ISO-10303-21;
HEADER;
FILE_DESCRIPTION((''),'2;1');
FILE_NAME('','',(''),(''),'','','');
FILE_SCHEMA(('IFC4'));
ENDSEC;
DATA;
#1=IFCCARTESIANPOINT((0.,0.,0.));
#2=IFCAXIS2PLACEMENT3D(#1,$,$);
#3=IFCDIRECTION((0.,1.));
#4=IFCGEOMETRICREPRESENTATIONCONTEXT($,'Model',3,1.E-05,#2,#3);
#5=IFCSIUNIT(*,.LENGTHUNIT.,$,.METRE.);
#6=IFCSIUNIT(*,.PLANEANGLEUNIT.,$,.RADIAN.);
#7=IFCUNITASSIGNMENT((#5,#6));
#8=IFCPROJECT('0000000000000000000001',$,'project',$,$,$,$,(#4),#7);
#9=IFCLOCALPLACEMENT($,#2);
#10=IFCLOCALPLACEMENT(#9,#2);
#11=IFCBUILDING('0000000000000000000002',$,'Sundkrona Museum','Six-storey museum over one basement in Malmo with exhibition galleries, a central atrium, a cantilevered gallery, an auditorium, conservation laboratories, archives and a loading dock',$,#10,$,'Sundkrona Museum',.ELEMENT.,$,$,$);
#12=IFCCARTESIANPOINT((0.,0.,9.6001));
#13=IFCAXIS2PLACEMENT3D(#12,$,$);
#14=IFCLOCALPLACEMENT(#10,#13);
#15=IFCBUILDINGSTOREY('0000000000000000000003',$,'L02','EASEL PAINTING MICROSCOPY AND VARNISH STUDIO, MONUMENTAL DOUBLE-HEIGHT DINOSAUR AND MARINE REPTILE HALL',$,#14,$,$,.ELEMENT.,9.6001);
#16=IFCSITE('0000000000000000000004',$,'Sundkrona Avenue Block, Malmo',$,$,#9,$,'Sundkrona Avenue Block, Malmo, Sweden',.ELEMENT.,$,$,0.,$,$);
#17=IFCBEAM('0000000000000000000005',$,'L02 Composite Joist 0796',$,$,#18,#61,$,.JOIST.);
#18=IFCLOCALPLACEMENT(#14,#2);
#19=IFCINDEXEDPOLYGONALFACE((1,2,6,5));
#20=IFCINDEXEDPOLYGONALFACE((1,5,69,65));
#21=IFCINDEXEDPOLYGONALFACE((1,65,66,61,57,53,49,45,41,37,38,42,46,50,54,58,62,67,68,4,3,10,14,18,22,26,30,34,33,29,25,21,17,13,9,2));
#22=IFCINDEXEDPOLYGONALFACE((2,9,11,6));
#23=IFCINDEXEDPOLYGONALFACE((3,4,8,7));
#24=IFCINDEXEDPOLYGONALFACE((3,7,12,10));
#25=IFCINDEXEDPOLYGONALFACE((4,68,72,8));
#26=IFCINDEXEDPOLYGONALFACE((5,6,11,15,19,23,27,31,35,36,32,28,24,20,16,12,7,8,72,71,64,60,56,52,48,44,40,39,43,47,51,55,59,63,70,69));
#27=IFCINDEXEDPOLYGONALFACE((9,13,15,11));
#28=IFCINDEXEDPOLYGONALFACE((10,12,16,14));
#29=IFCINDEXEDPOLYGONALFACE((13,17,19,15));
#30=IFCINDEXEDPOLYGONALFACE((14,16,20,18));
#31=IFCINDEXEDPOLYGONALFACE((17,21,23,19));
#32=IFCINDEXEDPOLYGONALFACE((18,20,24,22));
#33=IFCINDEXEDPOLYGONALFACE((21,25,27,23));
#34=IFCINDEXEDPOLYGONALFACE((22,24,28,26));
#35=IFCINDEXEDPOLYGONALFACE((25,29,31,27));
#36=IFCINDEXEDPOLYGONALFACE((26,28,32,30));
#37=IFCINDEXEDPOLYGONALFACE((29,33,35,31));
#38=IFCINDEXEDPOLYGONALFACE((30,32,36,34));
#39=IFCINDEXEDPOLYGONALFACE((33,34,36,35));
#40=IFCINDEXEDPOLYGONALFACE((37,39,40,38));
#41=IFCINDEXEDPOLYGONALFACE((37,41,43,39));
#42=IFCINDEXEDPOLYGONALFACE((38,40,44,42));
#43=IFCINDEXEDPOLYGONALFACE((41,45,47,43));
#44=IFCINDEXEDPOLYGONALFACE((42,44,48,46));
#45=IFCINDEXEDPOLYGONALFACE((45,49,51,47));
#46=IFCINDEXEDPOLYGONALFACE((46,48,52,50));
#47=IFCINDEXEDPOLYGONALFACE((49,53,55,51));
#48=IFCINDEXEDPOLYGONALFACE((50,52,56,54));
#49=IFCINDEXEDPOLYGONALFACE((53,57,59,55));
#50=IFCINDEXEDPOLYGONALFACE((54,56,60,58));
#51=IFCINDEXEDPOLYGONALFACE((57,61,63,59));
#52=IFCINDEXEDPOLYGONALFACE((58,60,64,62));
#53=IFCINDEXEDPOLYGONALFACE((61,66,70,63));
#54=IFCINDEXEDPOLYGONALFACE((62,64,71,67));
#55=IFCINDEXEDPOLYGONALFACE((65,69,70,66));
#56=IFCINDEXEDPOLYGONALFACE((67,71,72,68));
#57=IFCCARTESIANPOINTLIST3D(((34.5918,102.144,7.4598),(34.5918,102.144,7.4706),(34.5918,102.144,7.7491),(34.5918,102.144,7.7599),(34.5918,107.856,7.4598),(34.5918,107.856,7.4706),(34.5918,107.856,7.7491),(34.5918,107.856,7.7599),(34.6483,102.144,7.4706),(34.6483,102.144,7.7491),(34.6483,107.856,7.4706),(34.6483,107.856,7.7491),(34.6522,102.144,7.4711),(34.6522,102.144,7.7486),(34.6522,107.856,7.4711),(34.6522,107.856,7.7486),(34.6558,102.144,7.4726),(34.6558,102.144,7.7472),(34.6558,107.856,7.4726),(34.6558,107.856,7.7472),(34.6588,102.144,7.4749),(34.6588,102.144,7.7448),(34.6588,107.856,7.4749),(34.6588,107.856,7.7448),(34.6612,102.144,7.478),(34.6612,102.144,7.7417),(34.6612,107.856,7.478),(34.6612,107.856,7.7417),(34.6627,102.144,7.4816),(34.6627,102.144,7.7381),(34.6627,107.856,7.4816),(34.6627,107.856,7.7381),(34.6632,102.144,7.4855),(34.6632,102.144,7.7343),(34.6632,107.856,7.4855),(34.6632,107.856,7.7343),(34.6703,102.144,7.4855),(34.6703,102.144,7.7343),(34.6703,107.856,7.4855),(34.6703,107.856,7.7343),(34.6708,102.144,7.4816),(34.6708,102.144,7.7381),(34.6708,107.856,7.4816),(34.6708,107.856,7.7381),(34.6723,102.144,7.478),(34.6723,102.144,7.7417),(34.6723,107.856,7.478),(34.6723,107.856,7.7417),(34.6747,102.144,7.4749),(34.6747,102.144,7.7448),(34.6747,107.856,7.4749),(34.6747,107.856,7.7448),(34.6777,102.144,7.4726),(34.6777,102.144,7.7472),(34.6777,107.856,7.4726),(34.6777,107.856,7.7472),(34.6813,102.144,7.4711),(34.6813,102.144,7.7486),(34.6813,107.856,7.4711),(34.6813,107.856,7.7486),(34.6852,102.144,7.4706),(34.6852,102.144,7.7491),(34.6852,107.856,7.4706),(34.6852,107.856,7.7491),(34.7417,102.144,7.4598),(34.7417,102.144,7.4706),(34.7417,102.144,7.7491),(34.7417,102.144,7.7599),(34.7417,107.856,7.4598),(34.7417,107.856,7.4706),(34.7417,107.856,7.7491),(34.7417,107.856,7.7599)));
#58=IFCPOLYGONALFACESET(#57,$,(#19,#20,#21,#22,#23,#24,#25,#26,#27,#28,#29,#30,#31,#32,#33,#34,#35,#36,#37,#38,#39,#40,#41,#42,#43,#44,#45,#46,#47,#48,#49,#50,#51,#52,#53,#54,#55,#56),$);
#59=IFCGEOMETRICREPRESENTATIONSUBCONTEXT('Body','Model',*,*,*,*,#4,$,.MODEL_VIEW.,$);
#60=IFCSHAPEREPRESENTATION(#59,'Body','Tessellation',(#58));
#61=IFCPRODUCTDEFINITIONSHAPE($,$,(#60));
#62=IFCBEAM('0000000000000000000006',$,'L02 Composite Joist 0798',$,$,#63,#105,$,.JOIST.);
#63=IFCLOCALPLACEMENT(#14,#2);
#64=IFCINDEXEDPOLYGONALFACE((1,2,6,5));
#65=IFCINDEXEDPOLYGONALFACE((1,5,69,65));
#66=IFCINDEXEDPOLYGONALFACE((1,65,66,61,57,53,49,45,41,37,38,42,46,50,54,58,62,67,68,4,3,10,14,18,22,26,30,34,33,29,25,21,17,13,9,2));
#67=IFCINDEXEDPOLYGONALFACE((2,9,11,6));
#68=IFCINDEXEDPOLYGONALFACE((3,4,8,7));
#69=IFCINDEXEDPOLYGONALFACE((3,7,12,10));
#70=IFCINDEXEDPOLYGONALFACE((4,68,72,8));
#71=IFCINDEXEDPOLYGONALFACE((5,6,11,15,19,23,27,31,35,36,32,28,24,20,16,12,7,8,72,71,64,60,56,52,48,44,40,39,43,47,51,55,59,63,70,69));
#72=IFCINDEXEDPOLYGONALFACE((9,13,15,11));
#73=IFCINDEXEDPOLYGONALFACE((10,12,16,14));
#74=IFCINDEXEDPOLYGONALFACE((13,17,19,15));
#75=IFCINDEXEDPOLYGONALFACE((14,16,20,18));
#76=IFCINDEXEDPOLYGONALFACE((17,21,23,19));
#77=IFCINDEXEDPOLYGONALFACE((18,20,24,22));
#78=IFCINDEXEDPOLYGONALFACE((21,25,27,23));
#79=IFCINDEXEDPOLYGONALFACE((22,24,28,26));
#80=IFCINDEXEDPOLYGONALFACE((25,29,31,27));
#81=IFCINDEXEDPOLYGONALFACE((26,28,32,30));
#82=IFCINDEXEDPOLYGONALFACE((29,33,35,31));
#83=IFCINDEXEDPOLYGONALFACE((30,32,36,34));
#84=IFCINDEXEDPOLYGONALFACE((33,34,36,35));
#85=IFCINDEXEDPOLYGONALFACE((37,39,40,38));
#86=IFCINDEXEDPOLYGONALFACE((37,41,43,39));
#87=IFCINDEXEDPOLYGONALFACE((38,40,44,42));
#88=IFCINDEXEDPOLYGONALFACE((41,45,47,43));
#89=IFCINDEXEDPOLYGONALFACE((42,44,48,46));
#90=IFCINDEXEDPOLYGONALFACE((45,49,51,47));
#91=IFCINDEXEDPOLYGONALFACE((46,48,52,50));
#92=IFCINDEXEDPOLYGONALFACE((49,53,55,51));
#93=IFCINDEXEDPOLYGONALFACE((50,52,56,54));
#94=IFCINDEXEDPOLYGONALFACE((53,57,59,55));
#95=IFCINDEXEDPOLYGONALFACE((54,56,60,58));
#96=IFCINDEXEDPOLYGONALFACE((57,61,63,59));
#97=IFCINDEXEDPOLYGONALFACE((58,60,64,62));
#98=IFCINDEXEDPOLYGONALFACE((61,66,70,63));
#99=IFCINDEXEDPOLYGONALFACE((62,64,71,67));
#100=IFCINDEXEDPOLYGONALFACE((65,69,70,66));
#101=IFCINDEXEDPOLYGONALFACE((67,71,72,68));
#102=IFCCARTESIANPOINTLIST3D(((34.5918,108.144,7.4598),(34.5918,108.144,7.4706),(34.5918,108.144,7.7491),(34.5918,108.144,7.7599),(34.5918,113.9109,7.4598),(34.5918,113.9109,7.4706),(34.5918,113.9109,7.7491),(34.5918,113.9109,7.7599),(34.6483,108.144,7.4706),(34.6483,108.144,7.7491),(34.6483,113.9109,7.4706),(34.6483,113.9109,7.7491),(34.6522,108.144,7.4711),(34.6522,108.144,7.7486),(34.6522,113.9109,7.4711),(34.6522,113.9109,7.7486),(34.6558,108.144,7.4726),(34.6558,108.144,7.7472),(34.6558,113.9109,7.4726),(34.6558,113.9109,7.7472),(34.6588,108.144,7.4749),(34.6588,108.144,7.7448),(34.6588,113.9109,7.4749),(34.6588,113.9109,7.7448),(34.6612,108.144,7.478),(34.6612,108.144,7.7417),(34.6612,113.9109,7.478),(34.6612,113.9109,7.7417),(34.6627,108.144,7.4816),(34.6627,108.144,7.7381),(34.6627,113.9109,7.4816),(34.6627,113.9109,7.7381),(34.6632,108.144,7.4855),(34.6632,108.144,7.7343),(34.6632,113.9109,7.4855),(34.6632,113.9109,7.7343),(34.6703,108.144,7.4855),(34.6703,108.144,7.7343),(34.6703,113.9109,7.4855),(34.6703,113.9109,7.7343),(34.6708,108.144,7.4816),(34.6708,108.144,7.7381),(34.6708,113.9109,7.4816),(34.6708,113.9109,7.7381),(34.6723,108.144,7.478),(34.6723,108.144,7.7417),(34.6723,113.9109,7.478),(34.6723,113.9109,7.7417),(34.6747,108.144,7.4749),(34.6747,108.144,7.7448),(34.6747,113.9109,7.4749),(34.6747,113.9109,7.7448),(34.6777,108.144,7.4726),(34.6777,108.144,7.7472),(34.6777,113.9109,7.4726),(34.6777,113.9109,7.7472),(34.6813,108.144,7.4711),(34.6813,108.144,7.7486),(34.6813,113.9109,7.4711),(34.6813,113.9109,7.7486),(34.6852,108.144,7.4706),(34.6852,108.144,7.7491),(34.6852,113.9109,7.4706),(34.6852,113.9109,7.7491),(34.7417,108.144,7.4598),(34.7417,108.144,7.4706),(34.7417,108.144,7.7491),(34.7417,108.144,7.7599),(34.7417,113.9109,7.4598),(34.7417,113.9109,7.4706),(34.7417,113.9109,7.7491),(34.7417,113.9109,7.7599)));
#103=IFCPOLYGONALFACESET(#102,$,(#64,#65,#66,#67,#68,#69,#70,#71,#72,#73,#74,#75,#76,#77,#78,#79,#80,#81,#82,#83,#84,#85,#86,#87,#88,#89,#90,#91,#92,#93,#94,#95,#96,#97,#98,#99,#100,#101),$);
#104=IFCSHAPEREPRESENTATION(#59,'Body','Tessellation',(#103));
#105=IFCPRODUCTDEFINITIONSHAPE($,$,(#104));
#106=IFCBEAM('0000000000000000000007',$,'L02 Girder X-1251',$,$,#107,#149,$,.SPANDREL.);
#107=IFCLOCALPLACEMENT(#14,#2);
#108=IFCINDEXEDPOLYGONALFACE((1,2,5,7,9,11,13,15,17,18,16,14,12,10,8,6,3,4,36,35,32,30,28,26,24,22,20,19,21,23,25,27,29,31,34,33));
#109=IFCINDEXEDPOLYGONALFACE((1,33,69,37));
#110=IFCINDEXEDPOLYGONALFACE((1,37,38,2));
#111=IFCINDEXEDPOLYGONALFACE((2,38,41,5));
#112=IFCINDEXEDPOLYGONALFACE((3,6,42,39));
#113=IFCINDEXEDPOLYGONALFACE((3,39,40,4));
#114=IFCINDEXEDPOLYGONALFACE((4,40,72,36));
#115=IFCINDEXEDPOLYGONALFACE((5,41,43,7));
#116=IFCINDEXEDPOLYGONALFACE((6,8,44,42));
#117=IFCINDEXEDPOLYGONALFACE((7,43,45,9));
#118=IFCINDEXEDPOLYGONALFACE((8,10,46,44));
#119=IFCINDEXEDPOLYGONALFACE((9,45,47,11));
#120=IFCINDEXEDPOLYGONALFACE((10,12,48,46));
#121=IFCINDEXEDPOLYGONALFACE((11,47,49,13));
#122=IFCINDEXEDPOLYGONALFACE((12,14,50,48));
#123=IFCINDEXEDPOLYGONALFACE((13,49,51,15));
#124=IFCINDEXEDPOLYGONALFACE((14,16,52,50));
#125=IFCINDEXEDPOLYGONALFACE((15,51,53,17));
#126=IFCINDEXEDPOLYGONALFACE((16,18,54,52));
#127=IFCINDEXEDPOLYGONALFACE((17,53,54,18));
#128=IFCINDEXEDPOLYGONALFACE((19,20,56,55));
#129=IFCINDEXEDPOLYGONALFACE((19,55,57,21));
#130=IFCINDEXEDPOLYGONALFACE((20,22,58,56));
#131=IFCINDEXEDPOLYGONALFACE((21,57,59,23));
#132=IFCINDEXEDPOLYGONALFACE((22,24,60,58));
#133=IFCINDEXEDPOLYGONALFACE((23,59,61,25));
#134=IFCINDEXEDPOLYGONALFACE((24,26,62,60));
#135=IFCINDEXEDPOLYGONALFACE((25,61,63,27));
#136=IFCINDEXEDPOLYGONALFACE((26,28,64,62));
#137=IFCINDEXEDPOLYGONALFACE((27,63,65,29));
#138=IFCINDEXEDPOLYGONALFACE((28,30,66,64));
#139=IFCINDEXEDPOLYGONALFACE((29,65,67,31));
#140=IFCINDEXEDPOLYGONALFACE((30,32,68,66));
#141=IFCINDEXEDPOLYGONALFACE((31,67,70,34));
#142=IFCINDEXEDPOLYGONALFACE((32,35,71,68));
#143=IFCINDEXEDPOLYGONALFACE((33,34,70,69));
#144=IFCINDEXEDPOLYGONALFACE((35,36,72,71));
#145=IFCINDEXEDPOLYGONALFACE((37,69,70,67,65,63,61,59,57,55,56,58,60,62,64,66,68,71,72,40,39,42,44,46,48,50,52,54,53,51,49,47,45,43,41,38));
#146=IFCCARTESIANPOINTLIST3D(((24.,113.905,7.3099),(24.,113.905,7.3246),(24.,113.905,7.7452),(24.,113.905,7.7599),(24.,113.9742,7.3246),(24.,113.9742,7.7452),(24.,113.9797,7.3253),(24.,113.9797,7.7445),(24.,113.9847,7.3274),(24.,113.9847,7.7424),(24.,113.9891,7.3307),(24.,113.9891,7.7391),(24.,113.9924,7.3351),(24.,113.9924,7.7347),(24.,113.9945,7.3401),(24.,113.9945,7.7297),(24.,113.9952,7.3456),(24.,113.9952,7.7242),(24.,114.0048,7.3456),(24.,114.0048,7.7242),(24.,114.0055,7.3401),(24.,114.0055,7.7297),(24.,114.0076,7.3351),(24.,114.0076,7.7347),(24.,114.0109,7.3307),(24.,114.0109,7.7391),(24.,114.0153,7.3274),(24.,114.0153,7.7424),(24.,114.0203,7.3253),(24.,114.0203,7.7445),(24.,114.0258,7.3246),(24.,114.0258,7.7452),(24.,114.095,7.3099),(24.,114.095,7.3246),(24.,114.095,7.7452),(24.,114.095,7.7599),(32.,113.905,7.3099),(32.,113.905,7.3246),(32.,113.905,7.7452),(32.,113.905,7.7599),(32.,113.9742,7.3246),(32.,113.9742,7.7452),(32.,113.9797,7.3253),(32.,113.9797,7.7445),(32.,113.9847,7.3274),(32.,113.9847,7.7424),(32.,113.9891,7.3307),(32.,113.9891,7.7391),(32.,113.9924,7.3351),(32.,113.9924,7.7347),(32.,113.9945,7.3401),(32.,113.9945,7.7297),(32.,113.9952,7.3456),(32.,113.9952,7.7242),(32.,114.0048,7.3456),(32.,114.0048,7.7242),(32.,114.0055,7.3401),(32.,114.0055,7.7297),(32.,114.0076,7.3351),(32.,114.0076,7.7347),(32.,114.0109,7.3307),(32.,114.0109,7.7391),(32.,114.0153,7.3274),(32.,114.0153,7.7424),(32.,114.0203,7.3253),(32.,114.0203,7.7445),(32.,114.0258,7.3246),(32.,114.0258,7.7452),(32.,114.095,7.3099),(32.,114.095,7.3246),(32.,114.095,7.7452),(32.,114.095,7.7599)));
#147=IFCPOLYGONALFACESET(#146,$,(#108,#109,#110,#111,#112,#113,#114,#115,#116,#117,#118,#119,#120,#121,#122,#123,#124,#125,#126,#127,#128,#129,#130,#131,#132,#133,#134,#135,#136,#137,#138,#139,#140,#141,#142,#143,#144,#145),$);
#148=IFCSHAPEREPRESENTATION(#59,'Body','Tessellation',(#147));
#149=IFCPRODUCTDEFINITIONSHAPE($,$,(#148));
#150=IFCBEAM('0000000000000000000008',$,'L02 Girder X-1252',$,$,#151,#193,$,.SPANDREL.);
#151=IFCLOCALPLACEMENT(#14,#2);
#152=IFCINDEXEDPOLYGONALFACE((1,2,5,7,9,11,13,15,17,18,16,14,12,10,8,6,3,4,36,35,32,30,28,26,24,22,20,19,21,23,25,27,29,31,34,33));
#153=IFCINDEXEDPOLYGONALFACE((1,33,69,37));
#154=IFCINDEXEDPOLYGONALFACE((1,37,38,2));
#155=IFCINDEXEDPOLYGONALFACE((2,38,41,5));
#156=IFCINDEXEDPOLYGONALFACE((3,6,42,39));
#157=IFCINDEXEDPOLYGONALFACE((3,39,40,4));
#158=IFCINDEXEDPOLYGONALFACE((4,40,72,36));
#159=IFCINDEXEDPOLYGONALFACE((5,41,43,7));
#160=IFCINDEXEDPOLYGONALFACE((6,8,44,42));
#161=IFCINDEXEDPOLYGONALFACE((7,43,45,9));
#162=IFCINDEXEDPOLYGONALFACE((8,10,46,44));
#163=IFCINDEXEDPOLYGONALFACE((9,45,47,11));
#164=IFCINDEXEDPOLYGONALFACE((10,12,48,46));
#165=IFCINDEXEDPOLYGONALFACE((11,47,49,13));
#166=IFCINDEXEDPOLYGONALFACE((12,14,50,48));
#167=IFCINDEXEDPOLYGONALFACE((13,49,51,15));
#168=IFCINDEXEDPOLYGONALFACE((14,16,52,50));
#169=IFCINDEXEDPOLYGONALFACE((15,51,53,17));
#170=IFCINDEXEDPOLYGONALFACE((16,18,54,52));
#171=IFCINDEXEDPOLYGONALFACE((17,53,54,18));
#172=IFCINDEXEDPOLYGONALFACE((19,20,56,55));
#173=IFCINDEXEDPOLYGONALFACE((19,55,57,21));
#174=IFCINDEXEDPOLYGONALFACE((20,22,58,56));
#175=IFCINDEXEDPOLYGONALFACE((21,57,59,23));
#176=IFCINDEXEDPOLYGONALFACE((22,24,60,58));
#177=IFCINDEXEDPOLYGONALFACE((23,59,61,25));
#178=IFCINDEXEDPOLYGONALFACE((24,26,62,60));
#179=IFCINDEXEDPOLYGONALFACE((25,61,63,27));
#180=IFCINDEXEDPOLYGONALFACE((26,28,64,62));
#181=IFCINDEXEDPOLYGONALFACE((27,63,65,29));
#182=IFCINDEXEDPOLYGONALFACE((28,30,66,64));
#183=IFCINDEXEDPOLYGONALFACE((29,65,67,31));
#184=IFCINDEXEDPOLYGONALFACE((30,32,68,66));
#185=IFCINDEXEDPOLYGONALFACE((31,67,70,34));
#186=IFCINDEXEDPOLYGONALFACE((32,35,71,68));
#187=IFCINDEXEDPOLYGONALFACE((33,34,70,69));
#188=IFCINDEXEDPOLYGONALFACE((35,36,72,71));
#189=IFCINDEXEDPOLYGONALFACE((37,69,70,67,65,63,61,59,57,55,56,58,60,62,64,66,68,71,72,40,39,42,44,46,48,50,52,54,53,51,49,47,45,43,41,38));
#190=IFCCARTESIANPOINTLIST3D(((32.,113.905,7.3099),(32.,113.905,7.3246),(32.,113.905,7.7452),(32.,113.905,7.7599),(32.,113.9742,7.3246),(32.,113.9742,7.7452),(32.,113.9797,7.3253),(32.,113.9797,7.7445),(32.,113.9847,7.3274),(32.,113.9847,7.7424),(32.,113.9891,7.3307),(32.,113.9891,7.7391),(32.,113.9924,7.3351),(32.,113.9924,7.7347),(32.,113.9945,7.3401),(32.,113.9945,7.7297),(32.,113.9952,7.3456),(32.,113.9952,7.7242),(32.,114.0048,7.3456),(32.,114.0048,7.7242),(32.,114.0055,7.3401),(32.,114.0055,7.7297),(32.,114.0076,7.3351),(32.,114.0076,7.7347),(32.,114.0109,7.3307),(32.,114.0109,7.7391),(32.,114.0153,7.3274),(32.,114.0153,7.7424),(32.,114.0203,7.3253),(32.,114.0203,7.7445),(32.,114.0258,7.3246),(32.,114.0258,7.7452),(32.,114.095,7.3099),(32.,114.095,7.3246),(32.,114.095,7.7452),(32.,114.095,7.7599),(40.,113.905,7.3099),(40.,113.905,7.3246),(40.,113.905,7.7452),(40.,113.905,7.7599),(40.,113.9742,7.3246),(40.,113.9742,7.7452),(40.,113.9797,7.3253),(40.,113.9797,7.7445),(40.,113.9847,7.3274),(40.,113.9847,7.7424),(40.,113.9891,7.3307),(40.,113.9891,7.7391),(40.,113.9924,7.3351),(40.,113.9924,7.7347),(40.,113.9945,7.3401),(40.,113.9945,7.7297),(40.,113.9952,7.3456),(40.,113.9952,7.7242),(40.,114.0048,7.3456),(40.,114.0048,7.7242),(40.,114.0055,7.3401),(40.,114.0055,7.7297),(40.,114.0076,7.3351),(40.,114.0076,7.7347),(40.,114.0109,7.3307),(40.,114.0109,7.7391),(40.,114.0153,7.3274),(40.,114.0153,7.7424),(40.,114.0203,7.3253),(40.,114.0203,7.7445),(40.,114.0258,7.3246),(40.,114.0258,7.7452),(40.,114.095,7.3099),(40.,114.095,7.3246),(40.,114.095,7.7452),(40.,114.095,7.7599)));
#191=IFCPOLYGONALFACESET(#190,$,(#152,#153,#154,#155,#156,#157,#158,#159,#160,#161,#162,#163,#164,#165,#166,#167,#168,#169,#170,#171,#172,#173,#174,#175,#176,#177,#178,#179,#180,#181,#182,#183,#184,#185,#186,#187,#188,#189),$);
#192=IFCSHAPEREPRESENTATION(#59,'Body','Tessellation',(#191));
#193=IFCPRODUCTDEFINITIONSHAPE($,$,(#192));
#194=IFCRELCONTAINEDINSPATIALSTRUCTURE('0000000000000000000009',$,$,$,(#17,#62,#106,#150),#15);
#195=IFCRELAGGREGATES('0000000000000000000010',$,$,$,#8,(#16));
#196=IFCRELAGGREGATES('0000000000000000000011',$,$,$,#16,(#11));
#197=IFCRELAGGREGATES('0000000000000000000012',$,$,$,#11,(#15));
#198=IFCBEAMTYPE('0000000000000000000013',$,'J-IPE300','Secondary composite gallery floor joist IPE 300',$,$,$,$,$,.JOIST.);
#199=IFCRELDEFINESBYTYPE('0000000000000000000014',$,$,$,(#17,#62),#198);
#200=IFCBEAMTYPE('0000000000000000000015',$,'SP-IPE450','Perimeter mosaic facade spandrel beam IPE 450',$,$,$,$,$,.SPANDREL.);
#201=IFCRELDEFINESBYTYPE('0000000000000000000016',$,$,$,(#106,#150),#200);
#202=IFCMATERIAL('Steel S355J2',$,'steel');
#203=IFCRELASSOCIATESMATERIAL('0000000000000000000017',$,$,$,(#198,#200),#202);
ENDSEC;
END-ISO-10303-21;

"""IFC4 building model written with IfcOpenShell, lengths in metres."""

from ifc_helpers import new_model, si_unit, direction, frame, origin, origin_2d, place, context, subcontext, project, spatial, i_section, extrude, material, material_profile, profile_set, type_object, element, save


model = new_model("IFC4")

# Units and contexts
model_context = context("Model", 3, precision=1e-05, world=origin(), true_north=direction((0.0, 1.0)))
body_context = subcontext(model_context, "Body", "Model", "MODEL_VIEW")
ifc_project = project(units=[si_unit("LENGTHUNIT", "METRE"), si_unit("PLANEANGLEUNIT", "RADIAN")], contexts=[model_context])

# Site, building, storey
site_placement = place(None, origin())
site = spatial("IfcSite", under=ifc_project, at=site_placement, Name="Sundkrona Avenue Block, Malmo", LongName="Sundkrona Avenue Block, Malmo, Sweden", CompositionType="ELEMENT", RefElevation=0.0)
building_placement = place(site_placement, origin())
building = spatial("IfcBuilding", under=site, at=building_placement, Name="Sundkrona Museum", Description="Six-storey museum over one basement in Malmo with exhibition galleries, a central atrium, a cantilevered gallery, an auditorium, conservation laboratories, archives and a loading dock", LongName="Sundkrona Museum", CompositionType="ELEMENT")
storey_placement = place(building_placement, frame((0.0, 0.0, 9.6001)))
storey = spatial("IfcBuildingStorey", under=building, at=storey_placement, Name="L02", Description="EASEL PAINTING MICROSCOPY AND VARNISH STUDIO, MONUMENTAL DOUBLE-HEIGHT DINOSAUR AND MARINE REPTILE HALL", CompositionType="ELEMENT", Elevation=9.6001)

# Shared definitions
ifc_material_1 = material(Name="Steel S355J2", Category="steel")

# Beams
ifc_material_profile_1 = material_profile(ifc_material_1, i_section(OverallWidth=0.1499, OverallDepth=0.3, WebThickness=0.0071, FlangeThickness=0.0107, FilletRadius=0.0149, at=origin_2d()), Name="IPE 300")
ifc_profile_set_1 = profile_set([ifc_material_profile_1], Name="Steel S355J2")
beam_type_1 = type_object("IfcBeamType", Name="J-IPE300", Description="Secondary composite gallery floor joist IPE 300", PredefinedType="JOIST", material=ifc_profile_set_1)
beam_1_placement = place(storey_placement, frame((34.6667, 102.144, 7.6099), z_axis=(0.0, 1.0, 0.0), x_axis=(-1.0, 0.0, 0.0)))
element("IfcBeam", 1, at=beam_1_placement, inside=storey, type_object=beam_type_1, Name="L02 Composite Joist 0796", PredefinedType="JOIST", context=body_context, shape_type="SweptSolid", body=[
    extrude(i_section(OverallWidth=0.1499, OverallDepth=0.3, WebThickness=0.0071, FlangeThickness=0.0107, FilletRadius=0.0149, at=origin_2d()), origin(), (0.0, 0.0, 1.0), 5.7119),
])
beam_2_placement = place(storey_placement, frame((34.6667, 108.144, 7.6099), z_axis=(0.0, 1.0, 0.0), x_axis=(-1.0, 0.0, 0.0)))
element("IfcBeam", 2, at=beam_2_placement, inside=storey, type_object=beam_type_1, Name="L02 Composite Joist 0798", PredefinedType="JOIST", context=body_context, shape_type="SweptSolid", body=[
    extrude(i_section(OverallWidth=0.1499, OverallDepth=0.3, WebThickness=0.0071, FlangeThickness=0.0107, FilletRadius=0.0149, at=origin_2d()), origin(), (0.0, 0.0, 1.0), 5.7668),
])
ifc_material_profile_2 = material_profile(ifc_material_1, i_section(OverallWidth=0.1899, OverallDepth=0.45, WebThickness=0.0095, FlangeThickness=0.0146, FilletRadius=0.021, at=origin_2d()), Name="IPE 450")
ifc_profile_set_2 = profile_set([ifc_material_profile_2], Name="Steel S355J2")
beam_type_2 = type_object("IfcBeamType", Name="SP-IPE450", Description="Perimeter mosaic facade spandrel beam IPE 450", PredefinedType="SPANDREL", material=ifc_profile_set_2)
for number, where, z_axis, x_axis, name in (
    (3, (24.0, 114.0, 7.5349), (1.0, 0.0, 0.0), (0.0, 1.0, 0.0), "L02 Girder X-1251"),
    (4, (32.0, 114.0, 7.5349), (1.0, 0.0, 0.0), (0.0, 1.0, 0.0), "L02 Girder X-1252"),
):
    element("IfcBeam", number, at=place(storey_placement, frame(where, z_axis=z_axis, x_axis=x_axis)), inside=storey, type_object=beam_type_2, Name=name, PredefinedType="SPANDREL", context=body_context, shape_type="SweptSolid", body=[
        extrude(i_section(OverallWidth=0.1899, OverallDepth=0.45, WebThickness=0.0095, FlangeThickness=0.0146, FilletRadius=0.021, at=origin_2d()), origin(), (0.0, 0.0, 1.0), 8.0),
    ])

save(model, "model.ifc")
